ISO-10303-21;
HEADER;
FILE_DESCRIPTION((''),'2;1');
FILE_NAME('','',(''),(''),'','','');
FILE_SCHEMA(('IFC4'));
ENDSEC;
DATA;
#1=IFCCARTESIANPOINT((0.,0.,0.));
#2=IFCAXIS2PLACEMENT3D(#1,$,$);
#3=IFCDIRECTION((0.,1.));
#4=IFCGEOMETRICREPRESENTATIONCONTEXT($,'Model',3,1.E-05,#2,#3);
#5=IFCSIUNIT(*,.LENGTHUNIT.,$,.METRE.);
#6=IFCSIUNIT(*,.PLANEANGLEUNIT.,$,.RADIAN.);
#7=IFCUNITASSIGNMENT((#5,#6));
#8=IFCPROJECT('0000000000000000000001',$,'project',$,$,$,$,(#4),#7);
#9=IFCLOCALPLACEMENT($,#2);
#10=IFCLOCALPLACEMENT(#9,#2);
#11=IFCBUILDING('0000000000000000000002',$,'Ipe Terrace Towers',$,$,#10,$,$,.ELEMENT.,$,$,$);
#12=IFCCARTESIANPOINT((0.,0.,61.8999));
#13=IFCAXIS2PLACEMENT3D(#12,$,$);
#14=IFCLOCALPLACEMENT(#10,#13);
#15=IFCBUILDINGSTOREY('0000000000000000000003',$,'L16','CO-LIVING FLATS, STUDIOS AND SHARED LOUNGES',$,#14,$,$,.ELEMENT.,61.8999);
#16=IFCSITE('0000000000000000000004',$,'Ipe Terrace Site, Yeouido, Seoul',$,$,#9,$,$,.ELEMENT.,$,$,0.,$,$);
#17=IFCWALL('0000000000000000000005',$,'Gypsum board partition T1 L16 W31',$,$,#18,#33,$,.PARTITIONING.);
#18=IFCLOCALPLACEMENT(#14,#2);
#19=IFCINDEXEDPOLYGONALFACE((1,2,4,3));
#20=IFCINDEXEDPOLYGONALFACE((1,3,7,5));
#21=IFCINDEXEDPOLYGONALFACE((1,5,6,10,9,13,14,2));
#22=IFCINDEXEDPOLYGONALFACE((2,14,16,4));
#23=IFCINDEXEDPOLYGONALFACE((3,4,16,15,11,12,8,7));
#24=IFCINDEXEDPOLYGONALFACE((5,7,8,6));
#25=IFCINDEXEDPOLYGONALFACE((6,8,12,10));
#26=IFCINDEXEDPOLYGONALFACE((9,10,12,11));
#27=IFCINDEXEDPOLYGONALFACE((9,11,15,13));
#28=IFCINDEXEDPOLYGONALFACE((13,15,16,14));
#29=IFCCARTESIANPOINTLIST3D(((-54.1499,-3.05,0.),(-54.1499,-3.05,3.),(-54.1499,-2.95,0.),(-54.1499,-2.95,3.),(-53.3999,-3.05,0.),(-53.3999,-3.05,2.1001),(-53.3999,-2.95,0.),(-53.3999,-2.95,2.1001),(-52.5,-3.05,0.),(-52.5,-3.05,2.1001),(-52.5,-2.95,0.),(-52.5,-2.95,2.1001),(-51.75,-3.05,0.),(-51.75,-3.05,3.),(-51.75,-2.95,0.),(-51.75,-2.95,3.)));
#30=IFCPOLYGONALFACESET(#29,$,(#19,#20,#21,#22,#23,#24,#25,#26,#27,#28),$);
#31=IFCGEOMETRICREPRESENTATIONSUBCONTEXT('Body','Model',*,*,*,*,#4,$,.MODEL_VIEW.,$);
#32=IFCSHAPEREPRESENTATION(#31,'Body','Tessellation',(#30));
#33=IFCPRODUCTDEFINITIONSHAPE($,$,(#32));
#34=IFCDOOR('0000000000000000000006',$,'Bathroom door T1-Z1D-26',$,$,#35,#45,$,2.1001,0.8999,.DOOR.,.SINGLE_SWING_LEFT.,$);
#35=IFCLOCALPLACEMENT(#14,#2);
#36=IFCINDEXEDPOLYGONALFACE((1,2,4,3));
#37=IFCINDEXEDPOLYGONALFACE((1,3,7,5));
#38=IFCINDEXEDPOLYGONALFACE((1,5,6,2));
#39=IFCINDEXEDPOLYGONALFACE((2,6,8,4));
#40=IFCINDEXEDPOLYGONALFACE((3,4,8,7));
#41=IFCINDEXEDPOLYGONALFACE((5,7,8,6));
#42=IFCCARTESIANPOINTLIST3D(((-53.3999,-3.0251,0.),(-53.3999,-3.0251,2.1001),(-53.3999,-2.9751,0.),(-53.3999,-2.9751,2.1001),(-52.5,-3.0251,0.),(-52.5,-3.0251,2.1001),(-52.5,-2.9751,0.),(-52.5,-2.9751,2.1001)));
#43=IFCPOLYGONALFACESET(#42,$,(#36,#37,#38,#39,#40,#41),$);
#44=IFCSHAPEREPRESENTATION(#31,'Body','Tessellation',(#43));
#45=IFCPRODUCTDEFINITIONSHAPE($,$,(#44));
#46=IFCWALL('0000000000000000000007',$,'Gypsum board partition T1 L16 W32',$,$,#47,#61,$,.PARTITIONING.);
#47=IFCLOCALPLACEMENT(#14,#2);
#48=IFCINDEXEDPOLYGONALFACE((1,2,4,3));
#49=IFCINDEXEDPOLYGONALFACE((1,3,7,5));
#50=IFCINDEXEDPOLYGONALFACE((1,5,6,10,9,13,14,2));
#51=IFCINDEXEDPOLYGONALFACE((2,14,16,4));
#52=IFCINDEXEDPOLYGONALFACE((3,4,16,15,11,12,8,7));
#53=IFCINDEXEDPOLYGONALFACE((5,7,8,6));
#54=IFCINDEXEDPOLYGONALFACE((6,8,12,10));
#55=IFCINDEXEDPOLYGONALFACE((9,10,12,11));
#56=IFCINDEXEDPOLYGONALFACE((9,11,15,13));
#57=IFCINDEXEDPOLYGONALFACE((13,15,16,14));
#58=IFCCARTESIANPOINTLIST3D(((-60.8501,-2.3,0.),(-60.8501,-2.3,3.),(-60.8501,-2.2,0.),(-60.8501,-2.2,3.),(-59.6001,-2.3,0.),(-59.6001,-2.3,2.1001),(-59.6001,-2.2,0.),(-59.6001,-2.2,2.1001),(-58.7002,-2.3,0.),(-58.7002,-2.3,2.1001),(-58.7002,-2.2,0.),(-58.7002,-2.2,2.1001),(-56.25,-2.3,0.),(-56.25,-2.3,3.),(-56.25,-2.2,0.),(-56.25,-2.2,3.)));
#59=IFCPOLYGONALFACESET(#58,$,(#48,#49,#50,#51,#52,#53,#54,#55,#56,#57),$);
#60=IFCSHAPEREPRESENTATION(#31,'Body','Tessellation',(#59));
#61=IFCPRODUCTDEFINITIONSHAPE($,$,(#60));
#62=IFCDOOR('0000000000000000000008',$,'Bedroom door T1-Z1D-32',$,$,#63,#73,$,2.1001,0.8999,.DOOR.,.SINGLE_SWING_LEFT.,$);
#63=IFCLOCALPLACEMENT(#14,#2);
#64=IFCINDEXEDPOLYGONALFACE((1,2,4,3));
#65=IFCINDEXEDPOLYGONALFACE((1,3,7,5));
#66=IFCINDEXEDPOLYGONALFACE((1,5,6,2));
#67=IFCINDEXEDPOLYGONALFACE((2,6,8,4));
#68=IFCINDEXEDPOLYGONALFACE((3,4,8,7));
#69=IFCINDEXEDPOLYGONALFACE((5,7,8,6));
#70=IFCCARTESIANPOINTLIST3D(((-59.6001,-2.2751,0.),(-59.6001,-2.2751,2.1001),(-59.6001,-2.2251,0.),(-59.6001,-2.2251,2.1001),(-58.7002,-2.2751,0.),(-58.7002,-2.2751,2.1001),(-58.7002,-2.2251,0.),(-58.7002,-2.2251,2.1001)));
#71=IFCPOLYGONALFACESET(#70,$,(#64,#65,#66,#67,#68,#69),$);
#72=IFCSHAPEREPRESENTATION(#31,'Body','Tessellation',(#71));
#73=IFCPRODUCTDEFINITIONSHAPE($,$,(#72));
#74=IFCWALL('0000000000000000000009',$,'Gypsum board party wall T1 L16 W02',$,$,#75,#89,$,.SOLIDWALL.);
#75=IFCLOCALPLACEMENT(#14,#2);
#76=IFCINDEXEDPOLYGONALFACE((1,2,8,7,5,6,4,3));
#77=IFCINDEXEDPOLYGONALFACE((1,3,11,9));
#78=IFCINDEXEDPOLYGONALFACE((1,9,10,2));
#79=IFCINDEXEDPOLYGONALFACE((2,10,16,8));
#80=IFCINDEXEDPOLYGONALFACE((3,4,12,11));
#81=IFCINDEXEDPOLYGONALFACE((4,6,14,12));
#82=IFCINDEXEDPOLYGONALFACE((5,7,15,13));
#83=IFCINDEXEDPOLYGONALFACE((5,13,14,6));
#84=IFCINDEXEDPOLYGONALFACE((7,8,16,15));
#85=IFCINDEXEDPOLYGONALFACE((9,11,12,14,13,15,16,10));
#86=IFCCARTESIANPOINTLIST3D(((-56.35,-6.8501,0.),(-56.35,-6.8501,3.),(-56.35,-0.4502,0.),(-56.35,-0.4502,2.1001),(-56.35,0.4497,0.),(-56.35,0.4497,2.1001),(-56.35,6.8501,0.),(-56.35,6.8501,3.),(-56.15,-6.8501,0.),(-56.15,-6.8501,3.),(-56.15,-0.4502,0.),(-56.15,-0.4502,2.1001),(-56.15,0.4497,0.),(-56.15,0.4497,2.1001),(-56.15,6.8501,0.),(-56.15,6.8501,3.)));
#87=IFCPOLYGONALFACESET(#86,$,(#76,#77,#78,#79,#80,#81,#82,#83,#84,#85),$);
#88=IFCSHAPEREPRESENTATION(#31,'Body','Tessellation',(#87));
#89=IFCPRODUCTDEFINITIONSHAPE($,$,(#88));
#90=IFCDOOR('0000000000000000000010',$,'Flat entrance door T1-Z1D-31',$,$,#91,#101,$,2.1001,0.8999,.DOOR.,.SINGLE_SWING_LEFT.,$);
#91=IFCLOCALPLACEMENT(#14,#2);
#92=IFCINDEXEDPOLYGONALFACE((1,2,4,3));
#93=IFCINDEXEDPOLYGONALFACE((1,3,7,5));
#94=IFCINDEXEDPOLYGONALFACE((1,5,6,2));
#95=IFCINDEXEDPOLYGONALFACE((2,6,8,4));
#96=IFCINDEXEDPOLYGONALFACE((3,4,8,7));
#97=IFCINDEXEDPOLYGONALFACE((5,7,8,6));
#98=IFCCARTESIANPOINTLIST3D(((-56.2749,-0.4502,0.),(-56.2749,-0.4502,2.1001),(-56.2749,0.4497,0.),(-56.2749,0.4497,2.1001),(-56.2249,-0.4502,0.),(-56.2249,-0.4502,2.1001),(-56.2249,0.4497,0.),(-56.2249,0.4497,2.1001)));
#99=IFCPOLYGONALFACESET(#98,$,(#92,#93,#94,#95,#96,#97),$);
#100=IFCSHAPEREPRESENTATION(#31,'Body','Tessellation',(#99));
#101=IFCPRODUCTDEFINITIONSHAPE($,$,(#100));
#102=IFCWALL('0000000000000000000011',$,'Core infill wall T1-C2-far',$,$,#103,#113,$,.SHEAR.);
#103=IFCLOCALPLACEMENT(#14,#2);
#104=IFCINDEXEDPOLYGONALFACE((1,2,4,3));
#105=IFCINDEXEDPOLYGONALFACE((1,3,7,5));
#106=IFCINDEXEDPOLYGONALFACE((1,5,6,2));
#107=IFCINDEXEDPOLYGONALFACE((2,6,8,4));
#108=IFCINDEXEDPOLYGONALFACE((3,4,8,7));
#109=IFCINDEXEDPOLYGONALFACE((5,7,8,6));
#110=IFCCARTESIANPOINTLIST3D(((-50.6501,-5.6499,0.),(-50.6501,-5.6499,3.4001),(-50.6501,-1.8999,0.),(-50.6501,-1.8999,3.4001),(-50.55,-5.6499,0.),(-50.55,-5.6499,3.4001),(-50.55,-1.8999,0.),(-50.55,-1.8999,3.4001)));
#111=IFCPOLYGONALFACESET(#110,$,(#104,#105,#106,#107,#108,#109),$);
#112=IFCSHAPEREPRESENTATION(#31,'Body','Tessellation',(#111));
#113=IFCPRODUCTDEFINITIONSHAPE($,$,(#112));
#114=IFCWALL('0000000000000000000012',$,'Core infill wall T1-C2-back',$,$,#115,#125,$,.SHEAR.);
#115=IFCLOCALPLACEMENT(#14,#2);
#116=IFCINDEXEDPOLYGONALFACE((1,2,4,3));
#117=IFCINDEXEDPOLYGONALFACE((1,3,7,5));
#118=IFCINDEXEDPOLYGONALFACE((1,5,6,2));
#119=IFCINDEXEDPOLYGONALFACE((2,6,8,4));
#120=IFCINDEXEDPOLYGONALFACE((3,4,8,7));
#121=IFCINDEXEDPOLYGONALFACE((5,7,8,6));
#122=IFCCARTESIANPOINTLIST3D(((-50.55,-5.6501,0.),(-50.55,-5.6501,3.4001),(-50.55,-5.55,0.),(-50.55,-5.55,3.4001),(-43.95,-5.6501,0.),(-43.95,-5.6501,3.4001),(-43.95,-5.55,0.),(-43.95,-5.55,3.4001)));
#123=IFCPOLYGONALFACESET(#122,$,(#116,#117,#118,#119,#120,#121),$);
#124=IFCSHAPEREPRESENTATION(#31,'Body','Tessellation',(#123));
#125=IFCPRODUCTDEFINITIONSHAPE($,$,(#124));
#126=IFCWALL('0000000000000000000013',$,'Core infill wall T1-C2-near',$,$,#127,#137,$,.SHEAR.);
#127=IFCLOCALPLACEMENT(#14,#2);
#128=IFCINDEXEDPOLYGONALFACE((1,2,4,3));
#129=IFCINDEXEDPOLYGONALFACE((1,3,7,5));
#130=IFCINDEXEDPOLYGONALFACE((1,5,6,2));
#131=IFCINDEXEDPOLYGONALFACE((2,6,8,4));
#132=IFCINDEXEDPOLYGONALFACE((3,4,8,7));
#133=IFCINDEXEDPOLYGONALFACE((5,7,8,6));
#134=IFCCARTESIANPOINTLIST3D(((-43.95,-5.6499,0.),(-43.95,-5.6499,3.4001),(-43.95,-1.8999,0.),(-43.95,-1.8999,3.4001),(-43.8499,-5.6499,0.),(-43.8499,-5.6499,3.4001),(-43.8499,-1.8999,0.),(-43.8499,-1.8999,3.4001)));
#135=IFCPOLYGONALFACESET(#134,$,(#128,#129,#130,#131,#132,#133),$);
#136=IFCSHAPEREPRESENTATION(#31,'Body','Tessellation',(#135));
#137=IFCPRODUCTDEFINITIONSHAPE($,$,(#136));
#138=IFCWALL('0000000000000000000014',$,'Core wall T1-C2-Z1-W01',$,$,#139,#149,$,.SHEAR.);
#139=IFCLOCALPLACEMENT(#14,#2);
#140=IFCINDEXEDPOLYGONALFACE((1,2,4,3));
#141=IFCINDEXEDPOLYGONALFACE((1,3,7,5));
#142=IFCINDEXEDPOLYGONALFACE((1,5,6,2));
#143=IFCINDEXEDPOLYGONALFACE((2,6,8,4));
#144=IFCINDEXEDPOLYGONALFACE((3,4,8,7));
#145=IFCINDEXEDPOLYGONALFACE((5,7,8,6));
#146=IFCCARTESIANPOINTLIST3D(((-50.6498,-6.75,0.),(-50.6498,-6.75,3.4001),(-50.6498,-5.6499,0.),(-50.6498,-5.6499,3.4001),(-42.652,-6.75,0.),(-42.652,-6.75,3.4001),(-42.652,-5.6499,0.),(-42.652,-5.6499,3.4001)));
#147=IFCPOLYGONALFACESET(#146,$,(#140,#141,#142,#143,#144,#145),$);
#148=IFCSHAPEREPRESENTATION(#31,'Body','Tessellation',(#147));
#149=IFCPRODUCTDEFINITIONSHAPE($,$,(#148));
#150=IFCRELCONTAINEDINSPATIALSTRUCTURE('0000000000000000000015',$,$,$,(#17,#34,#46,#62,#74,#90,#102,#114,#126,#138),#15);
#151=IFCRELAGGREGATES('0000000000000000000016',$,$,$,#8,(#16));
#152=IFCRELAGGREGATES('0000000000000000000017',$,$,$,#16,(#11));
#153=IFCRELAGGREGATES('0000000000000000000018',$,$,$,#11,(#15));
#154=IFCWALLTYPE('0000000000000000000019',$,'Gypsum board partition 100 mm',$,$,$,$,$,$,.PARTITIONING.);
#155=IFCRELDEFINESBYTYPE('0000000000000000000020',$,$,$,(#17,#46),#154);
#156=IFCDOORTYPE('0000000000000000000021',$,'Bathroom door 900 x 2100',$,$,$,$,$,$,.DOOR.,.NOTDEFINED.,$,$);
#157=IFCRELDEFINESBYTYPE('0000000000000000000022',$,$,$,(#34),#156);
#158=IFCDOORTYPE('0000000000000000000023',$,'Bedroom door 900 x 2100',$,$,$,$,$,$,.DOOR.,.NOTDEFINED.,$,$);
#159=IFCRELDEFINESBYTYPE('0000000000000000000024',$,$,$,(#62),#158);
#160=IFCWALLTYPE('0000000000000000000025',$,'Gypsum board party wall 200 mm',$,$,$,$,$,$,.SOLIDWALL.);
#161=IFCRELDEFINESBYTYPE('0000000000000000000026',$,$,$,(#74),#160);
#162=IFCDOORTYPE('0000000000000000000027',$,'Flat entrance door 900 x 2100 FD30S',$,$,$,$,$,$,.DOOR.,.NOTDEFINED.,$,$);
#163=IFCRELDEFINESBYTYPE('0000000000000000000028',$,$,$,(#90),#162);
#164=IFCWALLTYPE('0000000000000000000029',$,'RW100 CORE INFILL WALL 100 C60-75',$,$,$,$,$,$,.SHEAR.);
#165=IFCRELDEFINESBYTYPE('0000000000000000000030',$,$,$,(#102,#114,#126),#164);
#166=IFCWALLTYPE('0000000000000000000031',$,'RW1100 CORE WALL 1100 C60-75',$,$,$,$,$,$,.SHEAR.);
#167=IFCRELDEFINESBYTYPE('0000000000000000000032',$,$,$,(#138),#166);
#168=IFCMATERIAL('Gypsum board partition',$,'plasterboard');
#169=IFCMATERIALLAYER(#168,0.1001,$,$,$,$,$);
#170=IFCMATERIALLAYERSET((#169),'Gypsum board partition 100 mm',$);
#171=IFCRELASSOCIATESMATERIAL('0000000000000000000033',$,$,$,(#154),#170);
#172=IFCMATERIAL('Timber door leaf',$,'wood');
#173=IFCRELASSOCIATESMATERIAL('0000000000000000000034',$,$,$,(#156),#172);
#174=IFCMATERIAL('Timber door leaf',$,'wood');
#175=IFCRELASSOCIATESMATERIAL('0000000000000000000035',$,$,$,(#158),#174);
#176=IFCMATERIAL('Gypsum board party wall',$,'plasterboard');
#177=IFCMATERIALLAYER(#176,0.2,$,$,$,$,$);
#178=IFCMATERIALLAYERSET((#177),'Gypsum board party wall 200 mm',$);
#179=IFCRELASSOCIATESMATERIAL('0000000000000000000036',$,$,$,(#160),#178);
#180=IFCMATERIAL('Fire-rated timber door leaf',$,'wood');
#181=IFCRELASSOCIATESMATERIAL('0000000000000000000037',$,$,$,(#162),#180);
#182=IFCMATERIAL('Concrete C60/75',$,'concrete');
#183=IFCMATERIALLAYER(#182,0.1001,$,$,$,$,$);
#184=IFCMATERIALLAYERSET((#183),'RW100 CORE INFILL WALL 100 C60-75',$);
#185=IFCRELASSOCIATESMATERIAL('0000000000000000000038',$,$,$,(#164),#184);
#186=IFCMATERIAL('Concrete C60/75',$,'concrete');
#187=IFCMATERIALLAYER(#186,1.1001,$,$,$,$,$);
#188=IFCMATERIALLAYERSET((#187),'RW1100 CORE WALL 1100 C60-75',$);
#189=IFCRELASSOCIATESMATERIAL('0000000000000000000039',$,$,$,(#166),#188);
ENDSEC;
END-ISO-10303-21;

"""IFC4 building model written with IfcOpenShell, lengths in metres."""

from ifc_helpers import new_model, si_unit, direction, frame, frame_2d, origin, place, context, subcontext, project, spatial, rectangle, extrude, material, layer, layer_set, type_object, element, fill, save


model = new_model("IFC4")

# Units and contexts
model_context = context("Model", 3, precision=1e-05, world=origin(), true_north=direction((0.0, 1.0)))
body_context = subcontext(model_context, "Body", "Model", "MODEL_VIEW")
ifc_project = project(units=[si_unit("LENGTHUNIT", "METRE"), si_unit("PLANEANGLEUNIT", "RADIAN")], contexts=[model_context])

# Site, building, storey
site_placement = place(None, origin())
site = spatial("IfcSite", under=ifc_project, at=site_placement, Name="Ipe Terrace Site, Yeouido, Seoul", CompositionType="ELEMENT", RefElevation=0.0)
building_placement = place(site_placement, origin())
building = spatial("IfcBuilding", under=site, at=building_placement, Name="Ipe Terrace Towers", CompositionType="ELEMENT")
storey_placement = place(building_placement, frame((0.0, 0.0, 61.8999)))
storey = spatial("IfcBuildingStorey", under=building, at=storey_placement, Name="L16", Description="CO-LIVING FLATS, STUDIOS AND SHARED LOUNGES", CompositionType="ELEMENT", Elevation=61.8999)

# Shared definitions
ifc_material_1 = material(Name="Gypsum board partition", Category="plasterboard")
ifc_layer_1 = layer(ifc_material_1, 0.1001)
ifc_layer_set_1 = layer_set([ifc_layer_1], Name="Gypsum board partition 100 mm")
wall_type_1 = type_object("IfcWallType", Name="Gypsum board partition 100 mm", PredefinedType="PARTITIONING", material=ifc_layer_set_1)

# Walls, openings, doors
wall_1_placement = place(storey_placement, frame((-54.1499, -3.0, 0.0), z_axis=(0.0, 0.0, 1.0), x_axis=(1.0, 0.0, 0.0)))
wall_1 = element("IfcWall", 1, at=wall_1_placement, inside=storey, type_object=wall_type_1, Name="Gypsum board partition T1 L16 W31", PredefinedType="PARTITIONING", context=body_context, shape_type="SweptSolid", body=[
    extrude(rectangle(XDim=2.3999, YDim=0.1001, at=frame_2d((1.2, 0.0))), origin(), (0.0, 0.0, 1.0), 3.0),
])
opening_1_placement = place(wall_1_placement, frame((0.75, 0.0, 0.0)))
opening_1 = element("IfcOpeningElement", 2, at=opening_1_placement, cuts=wall_1, PredefinedType="OPENING", context=body_context, shape_type="SweptSolid", body=[
    extrude(rectangle(XDim=0.8999, YDim=2.1001, at=frame_2d((0.45, 1.05))), frame((0.0, 0.0601, 0.0), z_axis=(0.0, -1.0, 0.0), x_axis=(1.0, 0.0, 0.0)), (0.0, 0.0, 1.0), 0.1201),
])
ifc_material_2 = material(Name="Timber door leaf", Category="wood")
door_type_1 = type_object("IfcDoorType", Name="Bathroom door 900 x 2100", OperationType="NOTDEFINED", PredefinedType="DOOR", material=ifc_material_2)
door_1_placement = place(opening_1_placement, origin())
door_1 = element("IfcDoor", 3, at=door_1_placement, inside=storey, type_object=door_type_1, Name="Bathroom door T1-Z1D-26", OperationType="SINGLE_SWING_LEFT", OverallHeight=2.1001, OverallWidth=0.8999, PredefinedType="DOOR", context=body_context, shape_type="SweptSolid", body=[
    extrude(rectangle(XDim=0.8999, YDim=2.1001, at=frame_2d((0.45, 1.05))), frame((0.0, 0.0249, 0.0), z_axis=(0.0, -1.0, 0.0), x_axis=(1.0, 0.0, 0.0)), (0.0, 0.0, 1.0), 0.05),
])
fill(opening_1, door_1)
wall_2_placement = place(storey_placement, frame((-60.8501, -2.25, 0.0), z_axis=(0.0, 0.0, 1.0), x_axis=(1.0, 0.0, 0.0)))
wall_2 = element("IfcWall", 4, at=wall_2_placement, inside=storey, type_object=wall_type_1, Name="Gypsum board partition T1 L16 W32", PredefinedType="PARTITIONING", context=body_context, shape_type="SweptSolid", body=[
    extrude(rectangle(XDim=4.6001, YDim=0.1001, at=frame_2d((2.3, 0.0))), origin(), (0.0, 0.0, 1.0), 3.0),
])
opening_2_placement = place(wall_2_placement, frame((1.25, 0.0, 0.0)))
opening_2 = element("IfcOpeningElement", 5, at=opening_2_placement, cuts=wall_2, PredefinedType="OPENING", context=body_context, shape_type="SweptSolid", body=[
    extrude(rectangle(XDim=0.8999, YDim=2.1001, at=frame_2d((0.45, 1.05))), frame((0.0, 0.0601, 0.0), z_axis=(0.0, -1.0, 0.0), x_axis=(1.0, 0.0, 0.0)), (0.0, 0.0, 1.0), 0.1201),
])
ifc_material_3 = material(Name="Timber door leaf", Category="wood")
door_type_2 = type_object("IfcDoorType", Name="Bedroom door 900 x 2100", OperationType="NOTDEFINED", PredefinedType="DOOR", material=ifc_material_3)
door_2_placement = place(opening_2_placement, origin())
door_2 = element("IfcDoor", 6, at=door_2_placement, inside=storey, type_object=door_type_2, Name="Bedroom door T1-Z1D-32", OperationType="SINGLE_SWING_LEFT", OverallHeight=2.1001, OverallWidth=0.8999, PredefinedType="DOOR", context=body_context, shape_type="SweptSolid", body=[
    extrude(rectangle(XDim=0.8999, YDim=2.1001, at=frame_2d((0.45, 1.05))), frame((0.0, 0.0249, 0.0), z_axis=(0.0, -1.0, 0.0), x_axis=(1.0, 0.0, 0.0)), (0.0, 0.0, 1.0), 0.05),
])
fill(opening_2, door_2)
ifc_material_4 = material(Name="Gypsum board party wall", Category="plasterboard")
ifc_layer_2 = layer(ifc_material_4, 0.2)
ifc_layer_set_2 = layer_set([ifc_layer_2], Name="Gypsum board party wall 200 mm")
wall_type_2 = type_object("IfcWallType", Name="Gypsum board party wall 200 mm", PredefinedType="SOLIDWALL", material=ifc_layer_set_2)
wall_3_placement = place(storey_placement, frame((-56.25, -6.8501, 0.0), z_axis=(0.0, 0.0, 1.0), x_axis=(0.0, 1.0, 0.0)))
wall_3 = element("IfcWall", 7, at=wall_3_placement, inside=storey, type_object=wall_type_2, Name="Gypsum board party wall T1 L16 W02", PredefinedType="SOLIDWALL", context=body_context, shape_type="SweptSolid", body=[
    extrude(rectangle(XDim=13.7002, YDim=0.2, at=frame_2d((6.8501, 0.0))), origin(), (0.0, 0.0, 1.0), 3.0),
])
opening_3_placement = place(wall_3_placement, frame((6.3999, 0.0, 0.0)))
opening_3 = element("IfcOpeningElement", 8, at=opening_3_placement, cuts=wall_3, PredefinedType="OPENING", context=body_context, shape_type="SweptSolid", body=[
    extrude(rectangle(XDim=0.8999, YDim=2.1001, at=frame_2d((0.45, 1.05))), frame((0.0, 0.1099, 0.0), z_axis=(0.0, -1.0, 0.0), x_axis=(1.0, 0.0, 0.0)), (0.0, 0.0, 1.0), 0.22),
])
ifc_material_5 = material(Name="Fire-rated timber door leaf", Category="wood")
door_type_3 = type_object("IfcDoorType", Name="Flat entrance door 900 x 2100 FD30S", OperationType="NOTDEFINED", PredefinedType="DOOR", material=ifc_material_5)
door_3_placement = place(opening_3_placement, origin())
door_3 = element("IfcDoor", 9, at=door_3_placement, inside=storey, type_object=door_type_3, Name="Flat entrance door T1-Z1D-31", OperationType="SINGLE_SWING_LEFT", OverallHeight=2.1001, OverallWidth=0.8999, PredefinedType="DOOR", context=body_context, shape_type="SweptSolid", body=[
    extrude(rectangle(XDim=0.8999, YDim=2.1001, at=frame_2d((0.45, 1.05))), frame((0.0, 0.0249, 0.0), z_axis=(0.0, -1.0, 0.0), x_axis=(1.0, 0.0, 0.0)), (0.0, 0.0, 1.0), 0.05),
])
fill(opening_3, door_3)

# Walls
ifc_material_6 = material(Name="Concrete C60/75", Category="concrete")
ifc_layer_3 = layer(ifc_material_6, 0.1001)
ifc_layer_set_3 = layer_set([ifc_layer_3], Name="RW100 CORE INFILL WALL 100 C60-75")
wall_type_3 = type_object("IfcWallType", Name="RW100 CORE INFILL WALL 100 C60-75", PredefinedType="SHEAR", material=ifc_layer_set_3)
wall_4_placement = place(storey_placement, frame((-50.6001, -1.8999, 0.0), z_axis=(0.0, 0.0, 1.0), x_axis=(0.0, -1.0, 0.0)))
element("IfcWall", 10, at=wall_4_placement, inside=storey, type_object=wall_type_3, Name="Core infill wall T1-C2-far", PredefinedType="SHEAR", context=body_context, shape_type="SweptSolid", body=[
    extrude(rectangle(XDim=3.75, YDim=0.1001, at=frame_2d((1.875, 0.0))), origin(), (0.0, 0.0, 1.0), 3.4001),
])
wall_5_placement = place(storey_placement, frame((-43.95, -5.6001, 0.0), z_axis=(0.0, 0.0, 1.0), x_axis=(-1.0, 0.0, 0.0)))
element("IfcWall", 11, at=wall_5_placement, inside=storey, type_object=wall_type_3, Name="Core infill wall T1-C2-back", PredefinedType="SHEAR", context=body_context, shape_type="SweptSolid", body=[
    extrude(rectangle(XDim=6.6001, YDim=0.1001, at=frame_2d((3.3, 0.0))), origin(), (0.0, 0.0, 1.0), 3.4001),
])
wall_6_placement = place(storey_placement, frame((-43.8999, -1.8999, 0.0), z_axis=(0.0, 0.0, 1.0), x_axis=(0.0, -1.0, 0.0)))
element("IfcWall", 12, at=wall_6_placement, inside=storey, type_object=wall_type_3, Name="Core infill wall T1-C2-near", PredefinedType="SHEAR", context=body_context, shape_type="SweptSolid", body=[
    extrude(rectangle(XDim=3.75, YDim=0.1001, at=frame_2d((1.875, 0.0))), origin(), (0.0, 0.0, 1.0), 3.4001),
])
ifc_material_7 = material(Name="Concrete C60/75", Category="concrete")
ifc_layer_4 = layer(ifc_material_7, 1.1001)
ifc_layer_set_4 = layer_set([ifc_layer_4], Name="RW1100 CORE WALL 1100 C60-75")
wall_type_4 = type_object("IfcWallType", Name="RW1100 CORE WALL 1100 C60-75", PredefinedType="SHEAR", material=ifc_layer_set_4)
wall_7_placement = place(storey_placement, frame((-50.6499, -6.2, 0.0), z_axis=(0.0, 0.0, 1.0), x_axis=(1.0, 0.0, 0.0)))
element("IfcWall", 13, at=wall_7_placement, inside=storey, type_object=wall_type_4, Name="Core wall T1-C2-Z1-W01", PredefinedType="SHEAR", context=body_context, shape_type="SweptSolid", body=[
    extrude(rectangle(XDim=7.9978, YDim=1.1001, at=frame_2d((3.999, 0.0))), origin(), (0.0, 0.0, 1.0), 3.4001),
])

save(model, "model.ifc")
